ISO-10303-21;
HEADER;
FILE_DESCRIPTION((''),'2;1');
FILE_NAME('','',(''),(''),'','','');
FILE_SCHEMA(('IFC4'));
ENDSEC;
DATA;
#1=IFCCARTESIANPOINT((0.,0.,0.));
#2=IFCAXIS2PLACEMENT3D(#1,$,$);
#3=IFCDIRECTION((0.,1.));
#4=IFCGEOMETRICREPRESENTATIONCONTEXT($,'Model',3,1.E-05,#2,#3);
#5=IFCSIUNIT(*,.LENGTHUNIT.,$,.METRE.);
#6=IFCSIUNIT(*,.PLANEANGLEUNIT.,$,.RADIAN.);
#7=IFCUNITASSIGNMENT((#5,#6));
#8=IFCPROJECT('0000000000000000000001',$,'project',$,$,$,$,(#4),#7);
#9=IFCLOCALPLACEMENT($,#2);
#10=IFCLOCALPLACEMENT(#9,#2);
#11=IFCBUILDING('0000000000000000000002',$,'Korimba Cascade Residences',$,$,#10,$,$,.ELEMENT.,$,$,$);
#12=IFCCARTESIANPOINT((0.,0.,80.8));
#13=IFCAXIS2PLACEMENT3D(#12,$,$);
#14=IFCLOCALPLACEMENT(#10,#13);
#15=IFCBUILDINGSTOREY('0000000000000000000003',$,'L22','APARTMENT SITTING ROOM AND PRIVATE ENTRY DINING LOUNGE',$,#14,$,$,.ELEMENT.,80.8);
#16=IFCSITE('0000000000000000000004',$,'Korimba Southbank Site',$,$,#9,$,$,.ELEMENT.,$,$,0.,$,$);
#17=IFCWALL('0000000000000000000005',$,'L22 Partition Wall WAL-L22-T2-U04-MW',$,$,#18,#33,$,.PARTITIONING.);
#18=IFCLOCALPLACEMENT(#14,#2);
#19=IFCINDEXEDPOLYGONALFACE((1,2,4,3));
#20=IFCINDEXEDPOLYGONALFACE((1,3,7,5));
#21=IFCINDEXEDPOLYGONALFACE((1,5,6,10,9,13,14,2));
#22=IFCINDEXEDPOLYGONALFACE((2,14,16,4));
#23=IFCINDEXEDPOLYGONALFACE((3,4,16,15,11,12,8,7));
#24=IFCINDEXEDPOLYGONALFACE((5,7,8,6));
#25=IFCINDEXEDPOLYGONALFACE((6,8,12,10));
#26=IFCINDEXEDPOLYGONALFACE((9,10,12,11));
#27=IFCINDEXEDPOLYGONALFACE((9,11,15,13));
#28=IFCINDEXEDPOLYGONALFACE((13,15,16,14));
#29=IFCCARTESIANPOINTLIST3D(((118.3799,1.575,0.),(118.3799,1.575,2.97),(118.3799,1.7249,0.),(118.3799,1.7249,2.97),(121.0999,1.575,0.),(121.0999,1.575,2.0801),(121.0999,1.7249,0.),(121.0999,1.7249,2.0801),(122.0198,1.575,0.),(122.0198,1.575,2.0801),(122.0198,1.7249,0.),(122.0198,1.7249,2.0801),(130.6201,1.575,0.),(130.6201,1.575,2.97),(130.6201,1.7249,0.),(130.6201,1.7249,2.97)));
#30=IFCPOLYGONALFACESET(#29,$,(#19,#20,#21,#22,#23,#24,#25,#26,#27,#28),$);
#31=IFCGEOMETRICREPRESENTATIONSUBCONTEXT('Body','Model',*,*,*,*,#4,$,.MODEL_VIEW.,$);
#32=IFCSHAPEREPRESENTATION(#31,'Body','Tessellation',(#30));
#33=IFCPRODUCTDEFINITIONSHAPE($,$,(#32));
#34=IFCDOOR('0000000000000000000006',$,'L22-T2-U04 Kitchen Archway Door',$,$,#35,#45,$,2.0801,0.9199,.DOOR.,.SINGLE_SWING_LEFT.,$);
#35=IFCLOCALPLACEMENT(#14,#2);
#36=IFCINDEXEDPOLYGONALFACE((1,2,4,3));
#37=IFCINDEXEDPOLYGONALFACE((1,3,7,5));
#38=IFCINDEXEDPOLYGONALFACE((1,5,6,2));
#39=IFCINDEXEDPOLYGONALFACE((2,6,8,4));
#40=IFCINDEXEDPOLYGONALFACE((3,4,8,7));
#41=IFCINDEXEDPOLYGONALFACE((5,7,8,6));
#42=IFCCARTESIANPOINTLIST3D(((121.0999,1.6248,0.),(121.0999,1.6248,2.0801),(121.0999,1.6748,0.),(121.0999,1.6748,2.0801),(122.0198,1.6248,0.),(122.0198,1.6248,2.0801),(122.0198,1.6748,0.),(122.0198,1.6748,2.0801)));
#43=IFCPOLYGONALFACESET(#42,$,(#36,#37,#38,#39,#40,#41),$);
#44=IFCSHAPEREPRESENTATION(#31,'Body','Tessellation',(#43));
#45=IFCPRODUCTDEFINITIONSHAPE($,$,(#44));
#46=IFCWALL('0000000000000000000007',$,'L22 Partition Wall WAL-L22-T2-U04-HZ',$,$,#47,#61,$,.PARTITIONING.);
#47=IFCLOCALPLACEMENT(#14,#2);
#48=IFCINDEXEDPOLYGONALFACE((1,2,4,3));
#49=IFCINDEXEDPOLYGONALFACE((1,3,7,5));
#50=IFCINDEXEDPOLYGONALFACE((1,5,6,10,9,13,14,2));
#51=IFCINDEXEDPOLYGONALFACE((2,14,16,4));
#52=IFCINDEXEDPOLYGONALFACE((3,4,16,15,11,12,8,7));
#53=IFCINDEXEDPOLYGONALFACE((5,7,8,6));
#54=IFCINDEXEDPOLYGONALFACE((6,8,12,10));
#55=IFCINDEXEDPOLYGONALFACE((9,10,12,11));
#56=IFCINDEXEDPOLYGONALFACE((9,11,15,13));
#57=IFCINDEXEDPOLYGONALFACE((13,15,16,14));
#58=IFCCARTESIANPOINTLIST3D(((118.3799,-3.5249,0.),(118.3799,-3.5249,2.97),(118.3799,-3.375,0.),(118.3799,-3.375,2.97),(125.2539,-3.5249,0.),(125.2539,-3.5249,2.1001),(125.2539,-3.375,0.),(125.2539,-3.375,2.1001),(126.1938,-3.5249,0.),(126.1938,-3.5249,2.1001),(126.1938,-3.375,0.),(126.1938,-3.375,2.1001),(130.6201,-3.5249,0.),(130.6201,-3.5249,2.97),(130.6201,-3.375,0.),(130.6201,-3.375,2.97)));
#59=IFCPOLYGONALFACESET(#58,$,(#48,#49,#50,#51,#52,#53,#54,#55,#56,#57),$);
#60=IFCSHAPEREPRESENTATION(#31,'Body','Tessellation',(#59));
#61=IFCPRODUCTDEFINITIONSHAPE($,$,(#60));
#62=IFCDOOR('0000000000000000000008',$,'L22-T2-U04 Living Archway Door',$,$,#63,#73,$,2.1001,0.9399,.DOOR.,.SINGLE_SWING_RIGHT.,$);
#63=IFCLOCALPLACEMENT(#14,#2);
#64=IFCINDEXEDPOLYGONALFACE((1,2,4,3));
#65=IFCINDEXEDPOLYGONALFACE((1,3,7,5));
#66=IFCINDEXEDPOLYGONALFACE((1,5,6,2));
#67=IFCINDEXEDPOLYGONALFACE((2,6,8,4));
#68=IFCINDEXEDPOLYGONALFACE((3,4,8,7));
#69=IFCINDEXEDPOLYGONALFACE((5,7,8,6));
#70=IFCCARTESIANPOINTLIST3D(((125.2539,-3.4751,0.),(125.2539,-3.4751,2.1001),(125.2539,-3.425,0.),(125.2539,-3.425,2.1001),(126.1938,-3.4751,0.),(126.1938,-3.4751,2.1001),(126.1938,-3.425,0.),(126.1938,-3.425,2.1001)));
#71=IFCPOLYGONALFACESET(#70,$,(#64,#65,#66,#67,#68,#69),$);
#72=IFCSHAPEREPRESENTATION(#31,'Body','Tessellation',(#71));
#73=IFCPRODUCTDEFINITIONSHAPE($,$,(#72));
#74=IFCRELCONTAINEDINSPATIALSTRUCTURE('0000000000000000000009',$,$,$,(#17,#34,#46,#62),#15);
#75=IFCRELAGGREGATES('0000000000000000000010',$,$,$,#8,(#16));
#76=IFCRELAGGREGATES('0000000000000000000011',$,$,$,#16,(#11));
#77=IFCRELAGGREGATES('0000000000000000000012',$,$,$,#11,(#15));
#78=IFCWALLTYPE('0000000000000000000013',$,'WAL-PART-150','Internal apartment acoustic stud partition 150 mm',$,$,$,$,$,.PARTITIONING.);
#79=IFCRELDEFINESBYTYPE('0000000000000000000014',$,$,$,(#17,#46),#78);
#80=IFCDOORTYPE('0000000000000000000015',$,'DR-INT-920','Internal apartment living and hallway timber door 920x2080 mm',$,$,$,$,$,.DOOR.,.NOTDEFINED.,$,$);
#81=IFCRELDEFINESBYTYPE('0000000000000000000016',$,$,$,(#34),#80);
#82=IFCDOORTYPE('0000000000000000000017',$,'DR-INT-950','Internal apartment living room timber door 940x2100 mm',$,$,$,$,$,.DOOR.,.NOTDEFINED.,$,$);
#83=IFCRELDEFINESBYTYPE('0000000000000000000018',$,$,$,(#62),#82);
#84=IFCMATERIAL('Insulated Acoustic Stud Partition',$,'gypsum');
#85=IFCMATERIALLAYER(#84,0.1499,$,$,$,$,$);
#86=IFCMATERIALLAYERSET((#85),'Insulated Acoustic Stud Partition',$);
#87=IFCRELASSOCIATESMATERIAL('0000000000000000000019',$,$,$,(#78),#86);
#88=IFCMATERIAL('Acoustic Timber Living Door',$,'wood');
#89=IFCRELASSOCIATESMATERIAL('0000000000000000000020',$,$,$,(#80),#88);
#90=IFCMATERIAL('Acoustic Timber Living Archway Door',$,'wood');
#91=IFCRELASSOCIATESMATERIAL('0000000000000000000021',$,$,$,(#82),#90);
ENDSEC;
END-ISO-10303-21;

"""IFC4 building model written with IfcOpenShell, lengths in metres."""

from ifc_helpers import new_model, si_unit, direction, frame, frame_2d, origin, place, context, subcontext, project, spatial, rectangle, extrude, material, layer, layer_set, type_object, element, fill, save


model = new_model("IFC4")

# Units and contexts
model_context = context("Model", 3, precision=1e-05, world=origin(), true_north=direction((0.0, 1.0)))
body_context = subcontext(model_context, "Body", "Model", "MODEL_VIEW")
ifc_project = project(units=[si_unit("LENGTHUNIT", "METRE"), si_unit("PLANEANGLEUNIT", "RADIAN")], contexts=[model_context])

# Site, building, storey
site_placement = place(None, origin())
site = spatial("IfcSite", under=ifc_project, at=site_placement, Name="Korimba Southbank Site", CompositionType="ELEMENT", RefElevation=0.0)
building_placement = place(site_placement, origin())
building = spatial("IfcBuilding", under=site, at=building_placement, Name="Korimba Cascade Residences", CompositionType="ELEMENT")
storey_placement = place(building_placement, frame((0.0, 0.0, 80.8)))
storey = spatial("IfcBuildingStorey", under=building, at=storey_placement, Name="L22", Description="APARTMENT SITTING ROOM AND PRIVATE ENTRY DINING LOUNGE", CompositionType="ELEMENT", Elevation=80.8)

# Shared definitions
ifc_material_1 = material(Name="Insulated Acoustic Stud Partition", Category="gypsum")
ifc_layer = layer(ifc_material_1, 0.1499)
ifc_layer_set = layer_set([ifc_layer], Name="Insulated Acoustic Stud Partition")
wall_type = type_object("IfcWallType", Name="WAL-PART-150", Description="Internal apartment acoustic stud partition 150 mm", PredefinedType="PARTITIONING", material=ifc_layer_set)

# Walls, openings, doors
wall_1_placement = place(storey_placement, frame((118.3799, 1.6499, 0.0), z_axis=(0.0, 0.0, 1.0), x_axis=(1.0, 0.0, 0.0)))
wall_1 = element("IfcWall", 1, at=wall_1_placement, inside=storey, type_object=wall_type, Name="L22 Partition Wall WAL-L22-T2-U04-MW", PredefinedType="PARTITIONING", context=body_context, shape_type="SweptSolid", body=[
    extrude(rectangle(XDim=12.2402, YDim=0.1499, at=frame_2d((6.1201, 0.0))), origin(), (0.0, 0.0, 1.0), 2.97),
])
opening_1_placement = place(wall_1_placement, frame((2.72, 0.0, 0.0)))
opening_1 = element("IfcOpeningElement", 2, at=opening_1_placement, cuts=wall_1, PredefinedType="OPENING", context=body_context, shape_type="SweptSolid", body=[
    extrude(rectangle(XDim=0.9199, YDim=2.0801, at=frame_2d((0.46, 1.04))), frame((0.0, 0.085, 0.0), z_axis=(0.0, -1.0, 0.0), x_axis=(1.0, 0.0, 0.0)), (0.0, 0.0, 1.0), 0.1699),
])
ifc_material_2 = material(Name="Acoustic Timber Living Door", Category="wood")
door_type_1 = type_object("IfcDoorType", Name="DR-INT-920", Description="Internal apartment living and hallway timber door 920x2080 mm", OperationType="NOTDEFINED", PredefinedType="DOOR", material=ifc_material_2)
door_1_placement = place(opening_1_placement, origin())
door_1 = element("IfcDoor", 3, at=door_1_placement, inside=storey, type_object=door_type_1, Name="L22-T2-U04 Kitchen Archway Door", OperationType="SINGLE_SWING_LEFT", OverallHeight=2.0801, OverallWidth=0.9199, PredefinedType="DOOR", context=body_context, shape_type="SweptSolid", body=[
    extrude(rectangle(XDim=0.9199, YDim=2.0801, at=frame_2d((0.46, 1.04))), frame((0.0, 0.0249, 0.0), z_axis=(0.0, -1.0, 0.0), x_axis=(1.0, 0.0, 0.0)), (0.0, 0.0, 1.0), 0.05),
])
fill(opening_1, door_1)
wall_2_placement = place(storey_placement, frame((118.3799, -3.45, 0.0), z_axis=(0.0, 0.0, 1.0), x_axis=(1.0, 0.0, 0.0)))
wall_2 = element("IfcWall", 4, at=wall_2_placement, inside=storey, type_object=wall_type, Name="L22 Partition Wall WAL-L22-T2-U04-HZ", PredefinedType="PARTITIONING", context=body_context, shape_type="SweptSolid", body=[
    extrude(rectangle(XDim=12.2402, YDim=0.1499, at=frame_2d((6.1201, 0.0))), origin(), (0.0, 0.0, 1.0), 2.97),
])
opening_2_placement = place(wall_2_placement, frame((6.874, 0.0, 0.0)))
opening_2 = element("IfcOpeningElement", 5, at=opening_2_placement, cuts=wall_2, PredefinedType="OPENING", context=body_context, shape_type="SweptSolid", body=[
    extrude(rectangle(XDim=0.9399, YDim=2.1001, at=frame_2d((0.47, 1.05))), frame((0.0, 0.085, 0.0), z_axis=(0.0, -1.0, 0.0), x_axis=(1.0, 0.0, 0.0)), (0.0, 0.0, 1.0), 0.1699),
])
ifc_material_3 = material(Name="Acoustic Timber Living Archway Door", Category="wood")
door_type_2 = type_object("IfcDoorType", Name="DR-INT-950", Description="Internal apartment living room timber door 940x2100 mm", OperationType="NOTDEFINED", PredefinedType="DOOR", material=ifc_material_3)
door_2_placement = place(opening_2_placement, origin())
door_2 = element("IfcDoor", 6, at=door_2_placement, inside=storey, type_object=door_type_2, Name="L22-T2-U04 Living Archway Door", OperationType="SINGLE_SWING_RIGHT", OverallHeight=2.1001, OverallWidth=0.9399, PredefinedType="DOOR", context=body_context, shape_type="SweptSolid", body=[
    extrude(rectangle(XDim=0.9399, YDim=2.1001, at=frame_2d((0.47, 1.05))), frame((0.0, 0.0249, 0.0), z_axis=(0.0, -1.0, 0.0), x_axis=(1.0, 0.0, 0.0)), (0.0, 0.0, 1.0), 0.05),
])
fill(opening_2, door_2)

save(model, "model.ifc")
